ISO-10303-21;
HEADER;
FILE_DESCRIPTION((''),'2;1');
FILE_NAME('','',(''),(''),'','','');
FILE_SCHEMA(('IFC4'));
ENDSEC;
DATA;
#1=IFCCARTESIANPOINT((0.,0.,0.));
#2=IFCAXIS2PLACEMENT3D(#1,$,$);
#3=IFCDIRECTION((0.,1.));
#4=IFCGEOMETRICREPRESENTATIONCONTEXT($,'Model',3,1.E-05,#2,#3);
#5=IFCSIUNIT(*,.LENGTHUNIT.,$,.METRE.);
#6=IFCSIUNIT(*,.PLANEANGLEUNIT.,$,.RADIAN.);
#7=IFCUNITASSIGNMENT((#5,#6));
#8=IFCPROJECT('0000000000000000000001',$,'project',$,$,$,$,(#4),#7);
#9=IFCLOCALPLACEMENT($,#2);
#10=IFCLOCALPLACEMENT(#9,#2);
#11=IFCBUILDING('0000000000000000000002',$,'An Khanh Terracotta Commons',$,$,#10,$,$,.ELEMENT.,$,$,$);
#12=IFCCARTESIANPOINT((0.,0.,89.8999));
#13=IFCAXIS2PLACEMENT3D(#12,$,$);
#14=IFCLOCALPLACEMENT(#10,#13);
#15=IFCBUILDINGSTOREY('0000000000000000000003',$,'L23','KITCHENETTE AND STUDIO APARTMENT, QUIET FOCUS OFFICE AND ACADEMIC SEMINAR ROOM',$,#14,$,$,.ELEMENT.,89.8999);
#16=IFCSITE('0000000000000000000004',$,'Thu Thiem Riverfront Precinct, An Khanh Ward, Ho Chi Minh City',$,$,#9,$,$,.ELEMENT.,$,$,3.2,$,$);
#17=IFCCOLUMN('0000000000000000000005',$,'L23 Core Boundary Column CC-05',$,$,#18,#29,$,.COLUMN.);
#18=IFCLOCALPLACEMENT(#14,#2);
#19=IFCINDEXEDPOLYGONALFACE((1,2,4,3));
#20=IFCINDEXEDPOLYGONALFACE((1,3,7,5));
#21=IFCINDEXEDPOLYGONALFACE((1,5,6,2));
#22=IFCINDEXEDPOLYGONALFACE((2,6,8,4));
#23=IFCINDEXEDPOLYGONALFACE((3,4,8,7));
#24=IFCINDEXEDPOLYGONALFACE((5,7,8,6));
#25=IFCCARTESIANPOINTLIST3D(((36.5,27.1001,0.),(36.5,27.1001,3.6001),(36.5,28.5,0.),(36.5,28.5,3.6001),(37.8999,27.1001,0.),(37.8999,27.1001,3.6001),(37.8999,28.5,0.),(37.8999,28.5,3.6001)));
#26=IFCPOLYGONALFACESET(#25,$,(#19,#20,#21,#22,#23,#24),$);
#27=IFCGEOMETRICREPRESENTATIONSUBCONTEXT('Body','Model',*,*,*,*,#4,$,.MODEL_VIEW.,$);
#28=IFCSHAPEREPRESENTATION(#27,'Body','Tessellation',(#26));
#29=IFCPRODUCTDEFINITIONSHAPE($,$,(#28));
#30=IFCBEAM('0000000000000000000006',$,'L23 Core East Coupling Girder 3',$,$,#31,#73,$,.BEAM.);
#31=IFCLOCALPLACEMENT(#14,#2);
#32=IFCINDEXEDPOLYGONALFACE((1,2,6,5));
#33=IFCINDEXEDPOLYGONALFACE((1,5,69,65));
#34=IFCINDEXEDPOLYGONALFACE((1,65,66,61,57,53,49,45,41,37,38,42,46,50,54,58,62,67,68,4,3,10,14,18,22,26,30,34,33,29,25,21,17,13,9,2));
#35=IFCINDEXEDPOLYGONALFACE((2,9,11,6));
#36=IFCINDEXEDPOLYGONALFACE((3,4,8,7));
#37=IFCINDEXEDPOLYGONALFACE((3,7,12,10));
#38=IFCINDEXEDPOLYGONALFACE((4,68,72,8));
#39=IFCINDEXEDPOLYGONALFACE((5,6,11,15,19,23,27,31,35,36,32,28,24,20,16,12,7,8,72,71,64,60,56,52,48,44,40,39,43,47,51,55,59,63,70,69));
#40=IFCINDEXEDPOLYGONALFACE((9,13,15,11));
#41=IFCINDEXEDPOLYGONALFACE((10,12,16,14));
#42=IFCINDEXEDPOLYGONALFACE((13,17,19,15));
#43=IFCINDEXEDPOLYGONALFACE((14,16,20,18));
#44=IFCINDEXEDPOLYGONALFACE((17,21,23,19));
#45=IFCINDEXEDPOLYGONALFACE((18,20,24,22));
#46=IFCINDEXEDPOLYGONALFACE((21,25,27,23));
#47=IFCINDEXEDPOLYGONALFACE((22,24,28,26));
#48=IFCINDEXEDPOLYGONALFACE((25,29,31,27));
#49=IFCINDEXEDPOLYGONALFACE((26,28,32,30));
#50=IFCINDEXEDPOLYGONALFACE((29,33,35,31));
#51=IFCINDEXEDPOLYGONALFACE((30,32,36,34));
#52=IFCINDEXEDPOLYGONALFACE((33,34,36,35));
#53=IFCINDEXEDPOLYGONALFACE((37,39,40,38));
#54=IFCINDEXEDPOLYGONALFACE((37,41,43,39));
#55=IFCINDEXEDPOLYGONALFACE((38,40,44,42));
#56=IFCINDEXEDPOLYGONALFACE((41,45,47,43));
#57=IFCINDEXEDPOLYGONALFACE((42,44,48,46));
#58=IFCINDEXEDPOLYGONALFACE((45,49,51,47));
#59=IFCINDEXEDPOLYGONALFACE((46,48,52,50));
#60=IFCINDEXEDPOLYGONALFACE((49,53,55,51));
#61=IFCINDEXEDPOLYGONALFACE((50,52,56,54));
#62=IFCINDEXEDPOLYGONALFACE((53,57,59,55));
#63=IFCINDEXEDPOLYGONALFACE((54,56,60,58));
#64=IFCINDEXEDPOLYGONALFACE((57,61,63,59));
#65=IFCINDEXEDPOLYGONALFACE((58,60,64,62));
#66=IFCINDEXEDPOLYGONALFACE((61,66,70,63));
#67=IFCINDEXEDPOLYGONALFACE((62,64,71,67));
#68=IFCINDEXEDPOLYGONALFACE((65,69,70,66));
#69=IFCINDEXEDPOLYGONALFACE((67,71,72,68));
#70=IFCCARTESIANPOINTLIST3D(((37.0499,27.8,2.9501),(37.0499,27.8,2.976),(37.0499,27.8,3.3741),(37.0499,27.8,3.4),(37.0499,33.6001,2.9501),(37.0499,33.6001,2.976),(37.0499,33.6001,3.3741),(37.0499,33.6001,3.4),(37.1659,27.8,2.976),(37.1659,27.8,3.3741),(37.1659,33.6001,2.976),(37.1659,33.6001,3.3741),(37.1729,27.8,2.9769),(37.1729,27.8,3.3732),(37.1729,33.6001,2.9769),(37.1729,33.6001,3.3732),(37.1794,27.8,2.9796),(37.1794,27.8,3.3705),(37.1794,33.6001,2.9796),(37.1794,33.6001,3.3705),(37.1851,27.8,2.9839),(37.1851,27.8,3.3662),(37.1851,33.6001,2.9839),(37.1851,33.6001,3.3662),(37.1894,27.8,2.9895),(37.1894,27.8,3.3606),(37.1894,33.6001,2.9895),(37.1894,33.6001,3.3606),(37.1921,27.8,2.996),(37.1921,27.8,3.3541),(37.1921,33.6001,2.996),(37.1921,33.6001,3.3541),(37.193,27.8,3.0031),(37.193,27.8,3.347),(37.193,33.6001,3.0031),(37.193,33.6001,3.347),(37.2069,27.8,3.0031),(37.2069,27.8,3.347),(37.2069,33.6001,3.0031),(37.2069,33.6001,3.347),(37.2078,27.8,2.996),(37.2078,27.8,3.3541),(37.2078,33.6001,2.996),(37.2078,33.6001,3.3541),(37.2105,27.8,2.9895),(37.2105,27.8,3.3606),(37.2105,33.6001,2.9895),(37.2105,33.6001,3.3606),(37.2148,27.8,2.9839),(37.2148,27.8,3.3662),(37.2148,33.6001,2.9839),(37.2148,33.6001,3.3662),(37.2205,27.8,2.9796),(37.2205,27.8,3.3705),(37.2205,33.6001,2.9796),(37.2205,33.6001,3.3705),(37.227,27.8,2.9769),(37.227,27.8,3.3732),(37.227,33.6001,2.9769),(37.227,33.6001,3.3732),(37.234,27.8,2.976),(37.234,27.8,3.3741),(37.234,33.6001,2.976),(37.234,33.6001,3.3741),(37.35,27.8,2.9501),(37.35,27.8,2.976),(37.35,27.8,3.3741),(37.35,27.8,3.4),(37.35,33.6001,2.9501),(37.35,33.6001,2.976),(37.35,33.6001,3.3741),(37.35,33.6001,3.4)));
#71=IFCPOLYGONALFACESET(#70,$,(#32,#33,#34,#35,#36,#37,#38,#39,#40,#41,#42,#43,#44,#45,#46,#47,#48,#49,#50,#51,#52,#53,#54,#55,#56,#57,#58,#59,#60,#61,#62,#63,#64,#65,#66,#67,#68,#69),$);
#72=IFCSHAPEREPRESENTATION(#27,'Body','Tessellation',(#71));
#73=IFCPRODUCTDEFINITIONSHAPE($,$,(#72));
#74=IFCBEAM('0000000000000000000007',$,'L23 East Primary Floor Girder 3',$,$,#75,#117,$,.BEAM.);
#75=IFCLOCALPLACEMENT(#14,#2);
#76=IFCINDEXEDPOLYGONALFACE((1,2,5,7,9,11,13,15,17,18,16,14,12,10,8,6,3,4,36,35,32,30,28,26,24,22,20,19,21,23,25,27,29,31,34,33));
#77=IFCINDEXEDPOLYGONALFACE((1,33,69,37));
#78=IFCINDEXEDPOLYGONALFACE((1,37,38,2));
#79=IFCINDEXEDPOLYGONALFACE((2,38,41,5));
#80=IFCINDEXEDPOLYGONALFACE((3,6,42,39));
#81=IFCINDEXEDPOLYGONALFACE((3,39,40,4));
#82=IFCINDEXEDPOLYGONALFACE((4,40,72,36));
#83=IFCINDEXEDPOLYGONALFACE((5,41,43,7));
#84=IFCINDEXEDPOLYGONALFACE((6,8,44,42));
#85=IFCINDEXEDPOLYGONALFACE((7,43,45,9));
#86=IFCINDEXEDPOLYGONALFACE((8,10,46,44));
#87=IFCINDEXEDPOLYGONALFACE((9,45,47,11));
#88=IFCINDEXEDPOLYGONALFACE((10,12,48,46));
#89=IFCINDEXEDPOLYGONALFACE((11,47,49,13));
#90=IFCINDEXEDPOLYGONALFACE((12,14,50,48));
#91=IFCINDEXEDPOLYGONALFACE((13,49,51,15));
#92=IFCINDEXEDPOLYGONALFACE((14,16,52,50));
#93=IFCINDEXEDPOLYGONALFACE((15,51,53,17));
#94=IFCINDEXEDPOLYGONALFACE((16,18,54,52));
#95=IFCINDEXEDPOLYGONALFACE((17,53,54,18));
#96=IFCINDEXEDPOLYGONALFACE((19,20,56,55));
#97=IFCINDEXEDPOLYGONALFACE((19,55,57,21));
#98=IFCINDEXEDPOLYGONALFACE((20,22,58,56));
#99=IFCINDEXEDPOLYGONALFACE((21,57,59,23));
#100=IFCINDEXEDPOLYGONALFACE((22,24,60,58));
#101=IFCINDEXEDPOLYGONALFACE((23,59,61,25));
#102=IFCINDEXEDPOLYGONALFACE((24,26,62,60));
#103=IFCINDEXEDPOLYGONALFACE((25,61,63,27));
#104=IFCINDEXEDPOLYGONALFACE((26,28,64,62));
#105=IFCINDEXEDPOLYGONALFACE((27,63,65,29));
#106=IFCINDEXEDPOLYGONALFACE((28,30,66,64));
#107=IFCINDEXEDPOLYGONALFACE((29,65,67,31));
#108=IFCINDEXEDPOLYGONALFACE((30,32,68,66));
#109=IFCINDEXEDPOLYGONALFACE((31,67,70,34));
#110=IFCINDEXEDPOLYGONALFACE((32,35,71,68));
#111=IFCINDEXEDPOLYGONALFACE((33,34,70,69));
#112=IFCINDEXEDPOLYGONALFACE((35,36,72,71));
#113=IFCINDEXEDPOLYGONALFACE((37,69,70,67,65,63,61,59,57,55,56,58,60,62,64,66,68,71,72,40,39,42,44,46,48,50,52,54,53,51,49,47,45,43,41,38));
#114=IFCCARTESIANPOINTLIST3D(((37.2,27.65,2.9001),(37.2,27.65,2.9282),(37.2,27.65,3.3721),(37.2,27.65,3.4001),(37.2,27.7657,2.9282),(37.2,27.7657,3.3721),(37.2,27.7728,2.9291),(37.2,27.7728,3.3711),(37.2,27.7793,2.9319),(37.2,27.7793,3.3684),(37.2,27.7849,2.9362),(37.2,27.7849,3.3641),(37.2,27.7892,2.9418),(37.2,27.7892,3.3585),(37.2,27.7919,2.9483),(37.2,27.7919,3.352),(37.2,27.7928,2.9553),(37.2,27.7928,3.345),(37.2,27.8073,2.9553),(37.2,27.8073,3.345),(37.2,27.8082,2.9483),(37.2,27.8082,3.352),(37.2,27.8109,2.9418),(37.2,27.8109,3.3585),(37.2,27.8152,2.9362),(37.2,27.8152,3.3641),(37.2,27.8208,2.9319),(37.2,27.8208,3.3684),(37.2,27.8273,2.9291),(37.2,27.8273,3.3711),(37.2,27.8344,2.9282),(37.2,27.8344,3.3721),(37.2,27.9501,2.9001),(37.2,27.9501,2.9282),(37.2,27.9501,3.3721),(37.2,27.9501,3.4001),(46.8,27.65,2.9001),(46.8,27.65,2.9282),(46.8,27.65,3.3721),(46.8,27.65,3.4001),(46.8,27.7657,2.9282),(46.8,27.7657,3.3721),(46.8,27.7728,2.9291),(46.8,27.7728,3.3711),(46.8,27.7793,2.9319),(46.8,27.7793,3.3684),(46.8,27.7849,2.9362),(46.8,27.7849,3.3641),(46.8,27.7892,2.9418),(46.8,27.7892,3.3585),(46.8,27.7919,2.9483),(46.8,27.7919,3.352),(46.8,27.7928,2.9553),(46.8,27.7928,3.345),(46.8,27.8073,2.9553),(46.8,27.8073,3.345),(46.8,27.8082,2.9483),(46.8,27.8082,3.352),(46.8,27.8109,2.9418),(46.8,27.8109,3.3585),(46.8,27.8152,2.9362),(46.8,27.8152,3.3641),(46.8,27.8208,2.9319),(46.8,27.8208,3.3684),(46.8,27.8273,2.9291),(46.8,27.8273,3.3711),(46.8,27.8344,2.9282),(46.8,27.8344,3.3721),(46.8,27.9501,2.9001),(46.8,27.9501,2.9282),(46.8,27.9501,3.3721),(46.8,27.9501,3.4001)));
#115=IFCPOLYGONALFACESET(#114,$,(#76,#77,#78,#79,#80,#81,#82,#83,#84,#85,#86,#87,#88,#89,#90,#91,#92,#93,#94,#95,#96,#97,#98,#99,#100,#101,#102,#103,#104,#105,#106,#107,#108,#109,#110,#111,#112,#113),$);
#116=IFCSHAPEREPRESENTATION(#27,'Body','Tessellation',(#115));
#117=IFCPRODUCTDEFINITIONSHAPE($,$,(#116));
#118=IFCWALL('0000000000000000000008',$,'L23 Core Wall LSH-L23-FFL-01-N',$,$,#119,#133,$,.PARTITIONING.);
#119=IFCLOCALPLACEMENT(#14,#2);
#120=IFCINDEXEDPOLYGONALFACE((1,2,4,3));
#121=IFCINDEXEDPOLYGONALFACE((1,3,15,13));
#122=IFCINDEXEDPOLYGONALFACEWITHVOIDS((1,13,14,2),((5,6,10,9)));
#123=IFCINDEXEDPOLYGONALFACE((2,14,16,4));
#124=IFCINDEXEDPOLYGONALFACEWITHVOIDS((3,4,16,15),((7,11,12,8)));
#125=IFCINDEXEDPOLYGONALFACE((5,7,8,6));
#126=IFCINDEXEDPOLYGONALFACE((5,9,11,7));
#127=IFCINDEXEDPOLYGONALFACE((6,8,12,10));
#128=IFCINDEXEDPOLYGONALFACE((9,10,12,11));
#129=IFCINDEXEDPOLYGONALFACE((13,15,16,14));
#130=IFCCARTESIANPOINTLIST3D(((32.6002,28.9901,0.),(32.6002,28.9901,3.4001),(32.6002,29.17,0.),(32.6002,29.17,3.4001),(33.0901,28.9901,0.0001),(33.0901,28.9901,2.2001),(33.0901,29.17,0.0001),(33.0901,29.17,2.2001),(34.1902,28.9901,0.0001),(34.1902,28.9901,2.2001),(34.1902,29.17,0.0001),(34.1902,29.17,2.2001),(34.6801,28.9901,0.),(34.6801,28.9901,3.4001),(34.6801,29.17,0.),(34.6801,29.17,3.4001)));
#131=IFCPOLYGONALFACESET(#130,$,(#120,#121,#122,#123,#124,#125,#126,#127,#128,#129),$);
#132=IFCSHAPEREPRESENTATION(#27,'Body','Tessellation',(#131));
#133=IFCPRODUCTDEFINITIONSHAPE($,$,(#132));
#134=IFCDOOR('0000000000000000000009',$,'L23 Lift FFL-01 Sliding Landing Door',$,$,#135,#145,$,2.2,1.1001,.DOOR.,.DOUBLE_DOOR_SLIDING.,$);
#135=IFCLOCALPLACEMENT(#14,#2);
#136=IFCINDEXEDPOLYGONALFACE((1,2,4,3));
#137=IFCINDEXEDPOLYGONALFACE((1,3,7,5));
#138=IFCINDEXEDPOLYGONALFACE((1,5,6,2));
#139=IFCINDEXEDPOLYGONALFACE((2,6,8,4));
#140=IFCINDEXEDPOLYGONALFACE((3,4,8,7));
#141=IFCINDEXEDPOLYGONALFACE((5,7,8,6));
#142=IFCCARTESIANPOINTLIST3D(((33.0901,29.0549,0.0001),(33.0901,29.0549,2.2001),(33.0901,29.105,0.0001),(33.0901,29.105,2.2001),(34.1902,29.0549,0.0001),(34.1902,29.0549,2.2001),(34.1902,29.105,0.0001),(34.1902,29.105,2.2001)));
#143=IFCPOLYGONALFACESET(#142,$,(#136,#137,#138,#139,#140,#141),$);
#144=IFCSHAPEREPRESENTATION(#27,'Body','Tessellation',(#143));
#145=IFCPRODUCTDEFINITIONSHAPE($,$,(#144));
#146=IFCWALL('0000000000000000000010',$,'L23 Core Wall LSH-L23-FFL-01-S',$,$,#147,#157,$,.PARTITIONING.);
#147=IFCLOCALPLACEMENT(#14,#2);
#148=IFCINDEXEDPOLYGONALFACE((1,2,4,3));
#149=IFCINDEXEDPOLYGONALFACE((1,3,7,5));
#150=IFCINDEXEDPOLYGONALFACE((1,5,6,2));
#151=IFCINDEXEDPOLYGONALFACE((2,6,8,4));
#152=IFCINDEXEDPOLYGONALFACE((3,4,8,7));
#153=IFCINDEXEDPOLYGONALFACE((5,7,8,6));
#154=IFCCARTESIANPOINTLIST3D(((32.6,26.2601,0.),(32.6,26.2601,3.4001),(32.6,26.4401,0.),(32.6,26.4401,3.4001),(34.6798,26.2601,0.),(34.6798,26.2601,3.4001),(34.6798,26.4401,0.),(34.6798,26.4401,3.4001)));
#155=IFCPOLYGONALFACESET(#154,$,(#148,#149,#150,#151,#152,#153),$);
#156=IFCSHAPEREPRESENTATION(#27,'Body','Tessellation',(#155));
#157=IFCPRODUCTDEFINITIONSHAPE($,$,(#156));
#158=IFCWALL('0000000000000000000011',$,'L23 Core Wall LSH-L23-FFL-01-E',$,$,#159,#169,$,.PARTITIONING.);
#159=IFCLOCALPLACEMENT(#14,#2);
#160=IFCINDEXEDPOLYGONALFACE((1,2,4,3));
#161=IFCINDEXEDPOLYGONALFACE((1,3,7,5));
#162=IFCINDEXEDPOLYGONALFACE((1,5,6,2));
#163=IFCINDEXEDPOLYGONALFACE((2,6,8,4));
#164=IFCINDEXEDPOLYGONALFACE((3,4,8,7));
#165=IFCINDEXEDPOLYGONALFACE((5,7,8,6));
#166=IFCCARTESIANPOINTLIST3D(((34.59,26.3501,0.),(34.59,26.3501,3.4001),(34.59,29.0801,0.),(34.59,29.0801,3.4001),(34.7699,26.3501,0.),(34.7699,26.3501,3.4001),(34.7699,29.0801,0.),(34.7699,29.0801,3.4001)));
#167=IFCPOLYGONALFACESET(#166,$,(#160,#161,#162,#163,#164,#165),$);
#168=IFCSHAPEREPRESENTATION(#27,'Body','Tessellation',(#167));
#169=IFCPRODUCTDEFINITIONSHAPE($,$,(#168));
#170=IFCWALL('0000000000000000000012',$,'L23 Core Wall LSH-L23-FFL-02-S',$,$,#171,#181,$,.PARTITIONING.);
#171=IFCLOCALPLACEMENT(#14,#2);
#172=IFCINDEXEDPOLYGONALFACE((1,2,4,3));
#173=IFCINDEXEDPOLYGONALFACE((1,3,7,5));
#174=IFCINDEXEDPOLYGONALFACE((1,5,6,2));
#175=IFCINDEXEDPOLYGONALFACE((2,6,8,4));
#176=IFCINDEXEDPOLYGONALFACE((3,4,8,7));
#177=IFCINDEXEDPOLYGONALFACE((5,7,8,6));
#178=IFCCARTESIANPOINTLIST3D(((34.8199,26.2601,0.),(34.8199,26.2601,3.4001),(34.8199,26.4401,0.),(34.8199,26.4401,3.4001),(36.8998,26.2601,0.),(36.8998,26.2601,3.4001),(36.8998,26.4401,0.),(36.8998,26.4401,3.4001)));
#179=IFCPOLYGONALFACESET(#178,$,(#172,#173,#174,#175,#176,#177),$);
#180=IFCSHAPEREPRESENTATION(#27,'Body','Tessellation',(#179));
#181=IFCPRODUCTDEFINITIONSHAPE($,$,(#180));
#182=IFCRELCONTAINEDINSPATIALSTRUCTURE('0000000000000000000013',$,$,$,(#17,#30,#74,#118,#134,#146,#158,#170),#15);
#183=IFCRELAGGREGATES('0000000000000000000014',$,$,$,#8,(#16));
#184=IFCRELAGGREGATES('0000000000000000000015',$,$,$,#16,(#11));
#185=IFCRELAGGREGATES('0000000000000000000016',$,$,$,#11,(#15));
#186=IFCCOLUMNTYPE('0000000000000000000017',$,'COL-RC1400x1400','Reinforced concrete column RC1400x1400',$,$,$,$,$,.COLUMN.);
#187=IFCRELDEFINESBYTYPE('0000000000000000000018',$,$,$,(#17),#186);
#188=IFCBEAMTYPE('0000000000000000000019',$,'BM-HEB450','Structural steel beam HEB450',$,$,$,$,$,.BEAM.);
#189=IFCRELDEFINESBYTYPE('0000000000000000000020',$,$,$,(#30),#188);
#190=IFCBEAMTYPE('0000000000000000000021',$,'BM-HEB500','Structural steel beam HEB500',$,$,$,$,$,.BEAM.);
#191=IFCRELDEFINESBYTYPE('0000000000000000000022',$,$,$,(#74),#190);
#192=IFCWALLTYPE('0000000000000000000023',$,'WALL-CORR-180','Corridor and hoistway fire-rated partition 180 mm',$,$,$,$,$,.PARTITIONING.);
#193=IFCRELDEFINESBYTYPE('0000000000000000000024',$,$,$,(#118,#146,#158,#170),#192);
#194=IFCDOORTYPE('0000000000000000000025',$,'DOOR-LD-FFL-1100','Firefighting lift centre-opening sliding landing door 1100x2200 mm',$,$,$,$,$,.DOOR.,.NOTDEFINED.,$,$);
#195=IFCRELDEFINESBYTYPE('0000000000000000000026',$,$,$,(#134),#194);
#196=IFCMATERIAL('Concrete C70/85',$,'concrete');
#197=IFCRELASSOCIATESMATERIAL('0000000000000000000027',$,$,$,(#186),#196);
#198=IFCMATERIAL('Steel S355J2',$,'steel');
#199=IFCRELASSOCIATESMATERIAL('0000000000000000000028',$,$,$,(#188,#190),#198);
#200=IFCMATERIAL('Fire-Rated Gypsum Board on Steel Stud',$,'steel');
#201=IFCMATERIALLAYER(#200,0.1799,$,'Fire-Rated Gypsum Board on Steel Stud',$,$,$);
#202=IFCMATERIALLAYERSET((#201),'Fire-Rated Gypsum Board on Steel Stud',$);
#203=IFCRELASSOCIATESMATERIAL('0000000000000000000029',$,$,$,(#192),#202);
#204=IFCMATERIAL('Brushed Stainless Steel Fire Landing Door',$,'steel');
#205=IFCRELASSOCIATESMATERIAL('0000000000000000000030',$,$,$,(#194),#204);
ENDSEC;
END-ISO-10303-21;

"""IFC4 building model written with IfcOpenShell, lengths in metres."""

from ifc_helpers import new_model, si_unit, direction, frame, frame_2d, origin, origin_2d, place, context, subcontext, project, spatial, rectangle, i_section, extrude, material, layer, layer_set, material_profile, profile_set, type_object, element, fill, save


model = new_model("IFC4")

# Units and contexts
model_context = context("Model", 3, precision=1e-05, world=origin(), true_north=direction((0.0, 1.0)))
body_context = subcontext(model_context, "Body", "Model", "MODEL_VIEW")
ifc_project = project(units=[si_unit("LENGTHUNIT", "METRE"), si_unit("PLANEANGLEUNIT", "RADIAN")], contexts=[model_context])

# Site, building, storey
site_placement = place(None, origin())
site = spatial("IfcSite", under=ifc_project, at=site_placement, Name="Thu Thiem Riverfront Precinct, An Khanh Ward, Ho Chi Minh City", CompositionType="ELEMENT", RefElevation=3.2)
building_placement = place(site_placement, origin())
building = spatial("IfcBuilding", under=site, at=building_placement, Name="An Khanh Terracotta Commons", CompositionType="ELEMENT")
storey_placement = place(building_placement, frame((0.0, 0.0, 89.8999)))
storey = spatial("IfcBuildingStorey", under=building, at=storey_placement, Name="L23", Description="KITCHENETTE AND STUDIO APARTMENT, QUIET FOCUS OFFICE AND ACADEMIC SEMINAR ROOM", CompositionType="ELEMENT", Elevation=89.8999)

# Column
ifc_material_1 = material(Name="Concrete C70/85", Category="concrete")
ifc_material_profile_1 = material_profile(ifc_material_1, rectangle(XDim=1.3999, YDim=1.3999, at=origin_2d()), Name="RC1400x1400")
ifc_profile_set_1 = profile_set([ifc_material_profile_1], Name="Concrete C70/85")
column_type = type_object("IfcColumnType", Name="COL-RC1400x1400", Description="Reinforced concrete column RC1400x1400", PredefinedType="COLUMN", material=ifc_profile_set_1)
column_placement = place(storey_placement, frame((37.2, 27.8, 0.0), z_axis=(0.0, 0.0, 1.0), x_axis=(1.0, 0.0, 0.0)))
element("IfcColumn", 1, at=column_placement, inside=storey, type_object=column_type, Name="L23 Core Boundary Column CC-05", PredefinedType="COLUMN", context=body_context, shape_type="SweptSolid", body=[
    extrude(rectangle(XDim=1.3999, YDim=1.3999, at=origin_2d()), origin(), (0.0, 0.0, 1.0), 3.6001),
])

# Beams
ifc_material_2 = material(Name="Steel S355J2", Category="steel")
ifc_material_profile_2 = material_profile(ifc_material_2, i_section(OverallWidth=0.3, OverallDepth=0.45, WebThickness=0.0139, FlangeThickness=0.0259, FilletRadius=0.0271, at=origin_2d()), Name="HEB450")
ifc_profile_set_2 = profile_set([ifc_material_profile_2], Name="Steel S355J2")
beam_type_1 = type_object("IfcBeamType", Name="BM-HEB450", Description="Structural steel beam HEB450", PredefinedType="BEAM", material=ifc_profile_set_2)
beam_1_placement = place(storey_placement, frame((37.2, 27.8, 3.175), z_axis=(0.0, 1.0, 0.0), x_axis=(-1.0, 0.0, 0.0)))
element("IfcBeam", 2, at=beam_1_placement, inside=storey, type_object=beam_type_1, Name="L23 Core East Coupling Girder 3", PredefinedType="BEAM", context=body_context, shape_type="SweptSolid", body=[
    extrude(i_section(OverallWidth=0.3, OverallDepth=0.45, WebThickness=0.0139, FlangeThickness=0.0259, FilletRadius=0.0271, at=origin_2d()), origin(), (0.0, 0.0, 1.0), 5.8),
])
ifc_material_profile_3 = material_profile(ifc_material_2, i_section(OverallWidth=0.3, OverallDepth=0.5, WebThickness=0.0144, FlangeThickness=0.0281, FilletRadius=0.0271, at=origin_2d()), Name="HEB500")
ifc_profile_set_3 = profile_set([ifc_material_profile_3], Name="Steel S355J2")
beam_type_2 = type_object("IfcBeamType", Name="BM-HEB500", Description="Structural steel beam HEB500", PredefinedType="BEAM", material=ifc_profile_set_3)
beam_2_placement = place(storey_placement, frame((37.2, 27.8, 3.1501), z_axis=(1.0, 0.0, 0.0), x_axis=(0.0, 1.0, 0.0)))
element("IfcBeam", 3, at=beam_2_placement, inside=storey, type_object=beam_type_2, Name="L23 East Primary Floor Girder 3", PredefinedType="BEAM", context=body_context, shape_type="SweptSolid", body=[
    extrude(i_section(OverallWidth=0.3, OverallDepth=0.5, WebThickness=0.0144, FlangeThickness=0.0281, FilletRadius=0.0271, at=origin_2d()), origin(), (0.0, 0.0, 1.0), 9.6001),
])

# Wall, opening, door
ifc_material_3 = material(Name="Fire-Rated Gypsum Board on Steel Stud", Category="steel")
ifc_layer = layer(ifc_material_3, 0.1799, Name="Fire-Rated Gypsum Board on Steel Stud")
ifc_layer_set = layer_set([ifc_layer], Name="Fire-Rated Gypsum Board on Steel Stud")
wall_type = type_object("IfcWallType", Name="WALL-CORR-180", Description="Corridor and hoistway fire-rated partition 180 mm", PredefinedType="PARTITIONING", material=ifc_layer_set)
wall_1_placement = place(storey_placement, frame((32.6001, 29.0801, 0.0), z_axis=(0.0, 0.0, 1.0), x_axis=(1.0, 0.0, 0.0)))
wall_1 = element("IfcWall", 4, at=wall_1_placement, inside=storey, type_object=wall_type, Name="L23 Core Wall LSH-L23-FFL-01-N", PredefinedType="PARTITIONING", context=body_context, shape_type="SweptSolid", body=[
    extrude(rectangle(XDim=2.0798, YDim=0.1799, at=frame_2d((1.04, 0.0))), origin(), (0.0, 0.0, 1.0), 3.4001),
])
opening_1_placement = place(wall_1_placement, frame((0.49, 0.0, 0.0)))
opening_1 = element("IfcOpeningElement", 5, at=opening_1_placement, cuts=wall_1, PredefinedType="OPENING", context=body_context, shape_type="SweptSolid", body=[
    extrude(rectangle(XDim=1.1001, YDim=2.2, at=frame_2d((0.55, 1.1001))), frame((0.0, 0.0999, 0.0), z_axis=(0.0, -1.0, 0.0), x_axis=(1.0, 0.0, 0.0)), (0.0, 0.0, 1.0), 0.2),
])
ifc_material_4 = material(Name="Brushed Stainless Steel Fire Landing Door", Category="steel")
door_type_1 = type_object("IfcDoorType", Name="DOOR-LD-FFL-1100", Description="Firefighting lift centre-opening sliding landing door 1100x2200 mm", OperationType="NOTDEFINED", PredefinedType="DOOR", material=ifc_material_4)
door_1_placement = place(opening_1_placement, origin())
door_1 = element("IfcDoor", 6, at=door_1_placement, inside=storey, type_object=door_type_1, Name="L23 Lift FFL-01 Sliding Landing Door", OperationType="DOUBLE_DOOR_SLIDING", OverallHeight=2.2, OverallWidth=1.1001, PredefinedType="DOOR", context=body_context, shape_type="SweptSolid", body=[
    extrude(rectangle(XDim=1.1001, YDim=2.2, at=frame_2d((0.55, 1.1001))), frame((0.0, 0.0249, 0.0), z_axis=(0.0, -1.0, 0.0), x_axis=(1.0, 0.0, 0.0)), (0.0, 0.0, 1.0), 0.05),
])
fill(opening_1, door_1)

# Walls
wall_2_placement = place(storey_placement, frame((34.6799, 26.3501, 0.0), z_axis=(0.0, 0.0, 1.0), x_axis=(-1.0, 0.0, 0.0)))
element("IfcWall", 7, at=wall_2_placement, inside=storey, type_object=wall_type, Name="L23 Core Wall LSH-L23-FFL-01-S", PredefinedType="PARTITIONING", context=body_context, shape_type="SweptSolid", body=[
    extrude(rectangle(XDim=2.0798, YDim=0.1799, at=frame_2d((1.04, 0.0))), origin(), (0.0, 0.0, 1.0), 3.4001),
])
wall_3_placement = place(storey_placement, frame((34.6799, 26.3501, 0.0), z_axis=(0.0, 0.0, 1.0), x_axis=(0.0, 1.0, 0.0)))
element("IfcWall", 8, at=wall_3_placement, inside=storey, type_object=wall_type, Name="L23 Core Wall LSH-L23-FFL-01-E", PredefinedType="PARTITIONING", context=body_context, shape_type="SweptSolid", body=[
    extrude(rectangle(XDim=2.73, YDim=0.1799, at=frame_2d((1.365, 0.0))), origin(), (0.0, 0.0, 1.0), 3.4001),
])
wall_4_placement = place(storey_placement, frame((36.8999, 26.3501, 0.0), z_axis=(0.0, 0.0, 1.0), x_axis=(-1.0, 0.0, 0.0)))
element("IfcWall", 9, at=wall_4_placement, inside=storey, type_object=wall_type, Name="L23 Core Wall LSH-L23-FFL-02-S", PredefinedType="PARTITIONING", context=body_context, shape_type="SweptSolid", body=[
    extrude(rectangle(XDim=2.0798, YDim=0.1799, at=frame_2d((1.04, 0.0))), origin(), (0.0, 0.0, 1.0), 3.4001),
])

save(model, "model.ifc")
